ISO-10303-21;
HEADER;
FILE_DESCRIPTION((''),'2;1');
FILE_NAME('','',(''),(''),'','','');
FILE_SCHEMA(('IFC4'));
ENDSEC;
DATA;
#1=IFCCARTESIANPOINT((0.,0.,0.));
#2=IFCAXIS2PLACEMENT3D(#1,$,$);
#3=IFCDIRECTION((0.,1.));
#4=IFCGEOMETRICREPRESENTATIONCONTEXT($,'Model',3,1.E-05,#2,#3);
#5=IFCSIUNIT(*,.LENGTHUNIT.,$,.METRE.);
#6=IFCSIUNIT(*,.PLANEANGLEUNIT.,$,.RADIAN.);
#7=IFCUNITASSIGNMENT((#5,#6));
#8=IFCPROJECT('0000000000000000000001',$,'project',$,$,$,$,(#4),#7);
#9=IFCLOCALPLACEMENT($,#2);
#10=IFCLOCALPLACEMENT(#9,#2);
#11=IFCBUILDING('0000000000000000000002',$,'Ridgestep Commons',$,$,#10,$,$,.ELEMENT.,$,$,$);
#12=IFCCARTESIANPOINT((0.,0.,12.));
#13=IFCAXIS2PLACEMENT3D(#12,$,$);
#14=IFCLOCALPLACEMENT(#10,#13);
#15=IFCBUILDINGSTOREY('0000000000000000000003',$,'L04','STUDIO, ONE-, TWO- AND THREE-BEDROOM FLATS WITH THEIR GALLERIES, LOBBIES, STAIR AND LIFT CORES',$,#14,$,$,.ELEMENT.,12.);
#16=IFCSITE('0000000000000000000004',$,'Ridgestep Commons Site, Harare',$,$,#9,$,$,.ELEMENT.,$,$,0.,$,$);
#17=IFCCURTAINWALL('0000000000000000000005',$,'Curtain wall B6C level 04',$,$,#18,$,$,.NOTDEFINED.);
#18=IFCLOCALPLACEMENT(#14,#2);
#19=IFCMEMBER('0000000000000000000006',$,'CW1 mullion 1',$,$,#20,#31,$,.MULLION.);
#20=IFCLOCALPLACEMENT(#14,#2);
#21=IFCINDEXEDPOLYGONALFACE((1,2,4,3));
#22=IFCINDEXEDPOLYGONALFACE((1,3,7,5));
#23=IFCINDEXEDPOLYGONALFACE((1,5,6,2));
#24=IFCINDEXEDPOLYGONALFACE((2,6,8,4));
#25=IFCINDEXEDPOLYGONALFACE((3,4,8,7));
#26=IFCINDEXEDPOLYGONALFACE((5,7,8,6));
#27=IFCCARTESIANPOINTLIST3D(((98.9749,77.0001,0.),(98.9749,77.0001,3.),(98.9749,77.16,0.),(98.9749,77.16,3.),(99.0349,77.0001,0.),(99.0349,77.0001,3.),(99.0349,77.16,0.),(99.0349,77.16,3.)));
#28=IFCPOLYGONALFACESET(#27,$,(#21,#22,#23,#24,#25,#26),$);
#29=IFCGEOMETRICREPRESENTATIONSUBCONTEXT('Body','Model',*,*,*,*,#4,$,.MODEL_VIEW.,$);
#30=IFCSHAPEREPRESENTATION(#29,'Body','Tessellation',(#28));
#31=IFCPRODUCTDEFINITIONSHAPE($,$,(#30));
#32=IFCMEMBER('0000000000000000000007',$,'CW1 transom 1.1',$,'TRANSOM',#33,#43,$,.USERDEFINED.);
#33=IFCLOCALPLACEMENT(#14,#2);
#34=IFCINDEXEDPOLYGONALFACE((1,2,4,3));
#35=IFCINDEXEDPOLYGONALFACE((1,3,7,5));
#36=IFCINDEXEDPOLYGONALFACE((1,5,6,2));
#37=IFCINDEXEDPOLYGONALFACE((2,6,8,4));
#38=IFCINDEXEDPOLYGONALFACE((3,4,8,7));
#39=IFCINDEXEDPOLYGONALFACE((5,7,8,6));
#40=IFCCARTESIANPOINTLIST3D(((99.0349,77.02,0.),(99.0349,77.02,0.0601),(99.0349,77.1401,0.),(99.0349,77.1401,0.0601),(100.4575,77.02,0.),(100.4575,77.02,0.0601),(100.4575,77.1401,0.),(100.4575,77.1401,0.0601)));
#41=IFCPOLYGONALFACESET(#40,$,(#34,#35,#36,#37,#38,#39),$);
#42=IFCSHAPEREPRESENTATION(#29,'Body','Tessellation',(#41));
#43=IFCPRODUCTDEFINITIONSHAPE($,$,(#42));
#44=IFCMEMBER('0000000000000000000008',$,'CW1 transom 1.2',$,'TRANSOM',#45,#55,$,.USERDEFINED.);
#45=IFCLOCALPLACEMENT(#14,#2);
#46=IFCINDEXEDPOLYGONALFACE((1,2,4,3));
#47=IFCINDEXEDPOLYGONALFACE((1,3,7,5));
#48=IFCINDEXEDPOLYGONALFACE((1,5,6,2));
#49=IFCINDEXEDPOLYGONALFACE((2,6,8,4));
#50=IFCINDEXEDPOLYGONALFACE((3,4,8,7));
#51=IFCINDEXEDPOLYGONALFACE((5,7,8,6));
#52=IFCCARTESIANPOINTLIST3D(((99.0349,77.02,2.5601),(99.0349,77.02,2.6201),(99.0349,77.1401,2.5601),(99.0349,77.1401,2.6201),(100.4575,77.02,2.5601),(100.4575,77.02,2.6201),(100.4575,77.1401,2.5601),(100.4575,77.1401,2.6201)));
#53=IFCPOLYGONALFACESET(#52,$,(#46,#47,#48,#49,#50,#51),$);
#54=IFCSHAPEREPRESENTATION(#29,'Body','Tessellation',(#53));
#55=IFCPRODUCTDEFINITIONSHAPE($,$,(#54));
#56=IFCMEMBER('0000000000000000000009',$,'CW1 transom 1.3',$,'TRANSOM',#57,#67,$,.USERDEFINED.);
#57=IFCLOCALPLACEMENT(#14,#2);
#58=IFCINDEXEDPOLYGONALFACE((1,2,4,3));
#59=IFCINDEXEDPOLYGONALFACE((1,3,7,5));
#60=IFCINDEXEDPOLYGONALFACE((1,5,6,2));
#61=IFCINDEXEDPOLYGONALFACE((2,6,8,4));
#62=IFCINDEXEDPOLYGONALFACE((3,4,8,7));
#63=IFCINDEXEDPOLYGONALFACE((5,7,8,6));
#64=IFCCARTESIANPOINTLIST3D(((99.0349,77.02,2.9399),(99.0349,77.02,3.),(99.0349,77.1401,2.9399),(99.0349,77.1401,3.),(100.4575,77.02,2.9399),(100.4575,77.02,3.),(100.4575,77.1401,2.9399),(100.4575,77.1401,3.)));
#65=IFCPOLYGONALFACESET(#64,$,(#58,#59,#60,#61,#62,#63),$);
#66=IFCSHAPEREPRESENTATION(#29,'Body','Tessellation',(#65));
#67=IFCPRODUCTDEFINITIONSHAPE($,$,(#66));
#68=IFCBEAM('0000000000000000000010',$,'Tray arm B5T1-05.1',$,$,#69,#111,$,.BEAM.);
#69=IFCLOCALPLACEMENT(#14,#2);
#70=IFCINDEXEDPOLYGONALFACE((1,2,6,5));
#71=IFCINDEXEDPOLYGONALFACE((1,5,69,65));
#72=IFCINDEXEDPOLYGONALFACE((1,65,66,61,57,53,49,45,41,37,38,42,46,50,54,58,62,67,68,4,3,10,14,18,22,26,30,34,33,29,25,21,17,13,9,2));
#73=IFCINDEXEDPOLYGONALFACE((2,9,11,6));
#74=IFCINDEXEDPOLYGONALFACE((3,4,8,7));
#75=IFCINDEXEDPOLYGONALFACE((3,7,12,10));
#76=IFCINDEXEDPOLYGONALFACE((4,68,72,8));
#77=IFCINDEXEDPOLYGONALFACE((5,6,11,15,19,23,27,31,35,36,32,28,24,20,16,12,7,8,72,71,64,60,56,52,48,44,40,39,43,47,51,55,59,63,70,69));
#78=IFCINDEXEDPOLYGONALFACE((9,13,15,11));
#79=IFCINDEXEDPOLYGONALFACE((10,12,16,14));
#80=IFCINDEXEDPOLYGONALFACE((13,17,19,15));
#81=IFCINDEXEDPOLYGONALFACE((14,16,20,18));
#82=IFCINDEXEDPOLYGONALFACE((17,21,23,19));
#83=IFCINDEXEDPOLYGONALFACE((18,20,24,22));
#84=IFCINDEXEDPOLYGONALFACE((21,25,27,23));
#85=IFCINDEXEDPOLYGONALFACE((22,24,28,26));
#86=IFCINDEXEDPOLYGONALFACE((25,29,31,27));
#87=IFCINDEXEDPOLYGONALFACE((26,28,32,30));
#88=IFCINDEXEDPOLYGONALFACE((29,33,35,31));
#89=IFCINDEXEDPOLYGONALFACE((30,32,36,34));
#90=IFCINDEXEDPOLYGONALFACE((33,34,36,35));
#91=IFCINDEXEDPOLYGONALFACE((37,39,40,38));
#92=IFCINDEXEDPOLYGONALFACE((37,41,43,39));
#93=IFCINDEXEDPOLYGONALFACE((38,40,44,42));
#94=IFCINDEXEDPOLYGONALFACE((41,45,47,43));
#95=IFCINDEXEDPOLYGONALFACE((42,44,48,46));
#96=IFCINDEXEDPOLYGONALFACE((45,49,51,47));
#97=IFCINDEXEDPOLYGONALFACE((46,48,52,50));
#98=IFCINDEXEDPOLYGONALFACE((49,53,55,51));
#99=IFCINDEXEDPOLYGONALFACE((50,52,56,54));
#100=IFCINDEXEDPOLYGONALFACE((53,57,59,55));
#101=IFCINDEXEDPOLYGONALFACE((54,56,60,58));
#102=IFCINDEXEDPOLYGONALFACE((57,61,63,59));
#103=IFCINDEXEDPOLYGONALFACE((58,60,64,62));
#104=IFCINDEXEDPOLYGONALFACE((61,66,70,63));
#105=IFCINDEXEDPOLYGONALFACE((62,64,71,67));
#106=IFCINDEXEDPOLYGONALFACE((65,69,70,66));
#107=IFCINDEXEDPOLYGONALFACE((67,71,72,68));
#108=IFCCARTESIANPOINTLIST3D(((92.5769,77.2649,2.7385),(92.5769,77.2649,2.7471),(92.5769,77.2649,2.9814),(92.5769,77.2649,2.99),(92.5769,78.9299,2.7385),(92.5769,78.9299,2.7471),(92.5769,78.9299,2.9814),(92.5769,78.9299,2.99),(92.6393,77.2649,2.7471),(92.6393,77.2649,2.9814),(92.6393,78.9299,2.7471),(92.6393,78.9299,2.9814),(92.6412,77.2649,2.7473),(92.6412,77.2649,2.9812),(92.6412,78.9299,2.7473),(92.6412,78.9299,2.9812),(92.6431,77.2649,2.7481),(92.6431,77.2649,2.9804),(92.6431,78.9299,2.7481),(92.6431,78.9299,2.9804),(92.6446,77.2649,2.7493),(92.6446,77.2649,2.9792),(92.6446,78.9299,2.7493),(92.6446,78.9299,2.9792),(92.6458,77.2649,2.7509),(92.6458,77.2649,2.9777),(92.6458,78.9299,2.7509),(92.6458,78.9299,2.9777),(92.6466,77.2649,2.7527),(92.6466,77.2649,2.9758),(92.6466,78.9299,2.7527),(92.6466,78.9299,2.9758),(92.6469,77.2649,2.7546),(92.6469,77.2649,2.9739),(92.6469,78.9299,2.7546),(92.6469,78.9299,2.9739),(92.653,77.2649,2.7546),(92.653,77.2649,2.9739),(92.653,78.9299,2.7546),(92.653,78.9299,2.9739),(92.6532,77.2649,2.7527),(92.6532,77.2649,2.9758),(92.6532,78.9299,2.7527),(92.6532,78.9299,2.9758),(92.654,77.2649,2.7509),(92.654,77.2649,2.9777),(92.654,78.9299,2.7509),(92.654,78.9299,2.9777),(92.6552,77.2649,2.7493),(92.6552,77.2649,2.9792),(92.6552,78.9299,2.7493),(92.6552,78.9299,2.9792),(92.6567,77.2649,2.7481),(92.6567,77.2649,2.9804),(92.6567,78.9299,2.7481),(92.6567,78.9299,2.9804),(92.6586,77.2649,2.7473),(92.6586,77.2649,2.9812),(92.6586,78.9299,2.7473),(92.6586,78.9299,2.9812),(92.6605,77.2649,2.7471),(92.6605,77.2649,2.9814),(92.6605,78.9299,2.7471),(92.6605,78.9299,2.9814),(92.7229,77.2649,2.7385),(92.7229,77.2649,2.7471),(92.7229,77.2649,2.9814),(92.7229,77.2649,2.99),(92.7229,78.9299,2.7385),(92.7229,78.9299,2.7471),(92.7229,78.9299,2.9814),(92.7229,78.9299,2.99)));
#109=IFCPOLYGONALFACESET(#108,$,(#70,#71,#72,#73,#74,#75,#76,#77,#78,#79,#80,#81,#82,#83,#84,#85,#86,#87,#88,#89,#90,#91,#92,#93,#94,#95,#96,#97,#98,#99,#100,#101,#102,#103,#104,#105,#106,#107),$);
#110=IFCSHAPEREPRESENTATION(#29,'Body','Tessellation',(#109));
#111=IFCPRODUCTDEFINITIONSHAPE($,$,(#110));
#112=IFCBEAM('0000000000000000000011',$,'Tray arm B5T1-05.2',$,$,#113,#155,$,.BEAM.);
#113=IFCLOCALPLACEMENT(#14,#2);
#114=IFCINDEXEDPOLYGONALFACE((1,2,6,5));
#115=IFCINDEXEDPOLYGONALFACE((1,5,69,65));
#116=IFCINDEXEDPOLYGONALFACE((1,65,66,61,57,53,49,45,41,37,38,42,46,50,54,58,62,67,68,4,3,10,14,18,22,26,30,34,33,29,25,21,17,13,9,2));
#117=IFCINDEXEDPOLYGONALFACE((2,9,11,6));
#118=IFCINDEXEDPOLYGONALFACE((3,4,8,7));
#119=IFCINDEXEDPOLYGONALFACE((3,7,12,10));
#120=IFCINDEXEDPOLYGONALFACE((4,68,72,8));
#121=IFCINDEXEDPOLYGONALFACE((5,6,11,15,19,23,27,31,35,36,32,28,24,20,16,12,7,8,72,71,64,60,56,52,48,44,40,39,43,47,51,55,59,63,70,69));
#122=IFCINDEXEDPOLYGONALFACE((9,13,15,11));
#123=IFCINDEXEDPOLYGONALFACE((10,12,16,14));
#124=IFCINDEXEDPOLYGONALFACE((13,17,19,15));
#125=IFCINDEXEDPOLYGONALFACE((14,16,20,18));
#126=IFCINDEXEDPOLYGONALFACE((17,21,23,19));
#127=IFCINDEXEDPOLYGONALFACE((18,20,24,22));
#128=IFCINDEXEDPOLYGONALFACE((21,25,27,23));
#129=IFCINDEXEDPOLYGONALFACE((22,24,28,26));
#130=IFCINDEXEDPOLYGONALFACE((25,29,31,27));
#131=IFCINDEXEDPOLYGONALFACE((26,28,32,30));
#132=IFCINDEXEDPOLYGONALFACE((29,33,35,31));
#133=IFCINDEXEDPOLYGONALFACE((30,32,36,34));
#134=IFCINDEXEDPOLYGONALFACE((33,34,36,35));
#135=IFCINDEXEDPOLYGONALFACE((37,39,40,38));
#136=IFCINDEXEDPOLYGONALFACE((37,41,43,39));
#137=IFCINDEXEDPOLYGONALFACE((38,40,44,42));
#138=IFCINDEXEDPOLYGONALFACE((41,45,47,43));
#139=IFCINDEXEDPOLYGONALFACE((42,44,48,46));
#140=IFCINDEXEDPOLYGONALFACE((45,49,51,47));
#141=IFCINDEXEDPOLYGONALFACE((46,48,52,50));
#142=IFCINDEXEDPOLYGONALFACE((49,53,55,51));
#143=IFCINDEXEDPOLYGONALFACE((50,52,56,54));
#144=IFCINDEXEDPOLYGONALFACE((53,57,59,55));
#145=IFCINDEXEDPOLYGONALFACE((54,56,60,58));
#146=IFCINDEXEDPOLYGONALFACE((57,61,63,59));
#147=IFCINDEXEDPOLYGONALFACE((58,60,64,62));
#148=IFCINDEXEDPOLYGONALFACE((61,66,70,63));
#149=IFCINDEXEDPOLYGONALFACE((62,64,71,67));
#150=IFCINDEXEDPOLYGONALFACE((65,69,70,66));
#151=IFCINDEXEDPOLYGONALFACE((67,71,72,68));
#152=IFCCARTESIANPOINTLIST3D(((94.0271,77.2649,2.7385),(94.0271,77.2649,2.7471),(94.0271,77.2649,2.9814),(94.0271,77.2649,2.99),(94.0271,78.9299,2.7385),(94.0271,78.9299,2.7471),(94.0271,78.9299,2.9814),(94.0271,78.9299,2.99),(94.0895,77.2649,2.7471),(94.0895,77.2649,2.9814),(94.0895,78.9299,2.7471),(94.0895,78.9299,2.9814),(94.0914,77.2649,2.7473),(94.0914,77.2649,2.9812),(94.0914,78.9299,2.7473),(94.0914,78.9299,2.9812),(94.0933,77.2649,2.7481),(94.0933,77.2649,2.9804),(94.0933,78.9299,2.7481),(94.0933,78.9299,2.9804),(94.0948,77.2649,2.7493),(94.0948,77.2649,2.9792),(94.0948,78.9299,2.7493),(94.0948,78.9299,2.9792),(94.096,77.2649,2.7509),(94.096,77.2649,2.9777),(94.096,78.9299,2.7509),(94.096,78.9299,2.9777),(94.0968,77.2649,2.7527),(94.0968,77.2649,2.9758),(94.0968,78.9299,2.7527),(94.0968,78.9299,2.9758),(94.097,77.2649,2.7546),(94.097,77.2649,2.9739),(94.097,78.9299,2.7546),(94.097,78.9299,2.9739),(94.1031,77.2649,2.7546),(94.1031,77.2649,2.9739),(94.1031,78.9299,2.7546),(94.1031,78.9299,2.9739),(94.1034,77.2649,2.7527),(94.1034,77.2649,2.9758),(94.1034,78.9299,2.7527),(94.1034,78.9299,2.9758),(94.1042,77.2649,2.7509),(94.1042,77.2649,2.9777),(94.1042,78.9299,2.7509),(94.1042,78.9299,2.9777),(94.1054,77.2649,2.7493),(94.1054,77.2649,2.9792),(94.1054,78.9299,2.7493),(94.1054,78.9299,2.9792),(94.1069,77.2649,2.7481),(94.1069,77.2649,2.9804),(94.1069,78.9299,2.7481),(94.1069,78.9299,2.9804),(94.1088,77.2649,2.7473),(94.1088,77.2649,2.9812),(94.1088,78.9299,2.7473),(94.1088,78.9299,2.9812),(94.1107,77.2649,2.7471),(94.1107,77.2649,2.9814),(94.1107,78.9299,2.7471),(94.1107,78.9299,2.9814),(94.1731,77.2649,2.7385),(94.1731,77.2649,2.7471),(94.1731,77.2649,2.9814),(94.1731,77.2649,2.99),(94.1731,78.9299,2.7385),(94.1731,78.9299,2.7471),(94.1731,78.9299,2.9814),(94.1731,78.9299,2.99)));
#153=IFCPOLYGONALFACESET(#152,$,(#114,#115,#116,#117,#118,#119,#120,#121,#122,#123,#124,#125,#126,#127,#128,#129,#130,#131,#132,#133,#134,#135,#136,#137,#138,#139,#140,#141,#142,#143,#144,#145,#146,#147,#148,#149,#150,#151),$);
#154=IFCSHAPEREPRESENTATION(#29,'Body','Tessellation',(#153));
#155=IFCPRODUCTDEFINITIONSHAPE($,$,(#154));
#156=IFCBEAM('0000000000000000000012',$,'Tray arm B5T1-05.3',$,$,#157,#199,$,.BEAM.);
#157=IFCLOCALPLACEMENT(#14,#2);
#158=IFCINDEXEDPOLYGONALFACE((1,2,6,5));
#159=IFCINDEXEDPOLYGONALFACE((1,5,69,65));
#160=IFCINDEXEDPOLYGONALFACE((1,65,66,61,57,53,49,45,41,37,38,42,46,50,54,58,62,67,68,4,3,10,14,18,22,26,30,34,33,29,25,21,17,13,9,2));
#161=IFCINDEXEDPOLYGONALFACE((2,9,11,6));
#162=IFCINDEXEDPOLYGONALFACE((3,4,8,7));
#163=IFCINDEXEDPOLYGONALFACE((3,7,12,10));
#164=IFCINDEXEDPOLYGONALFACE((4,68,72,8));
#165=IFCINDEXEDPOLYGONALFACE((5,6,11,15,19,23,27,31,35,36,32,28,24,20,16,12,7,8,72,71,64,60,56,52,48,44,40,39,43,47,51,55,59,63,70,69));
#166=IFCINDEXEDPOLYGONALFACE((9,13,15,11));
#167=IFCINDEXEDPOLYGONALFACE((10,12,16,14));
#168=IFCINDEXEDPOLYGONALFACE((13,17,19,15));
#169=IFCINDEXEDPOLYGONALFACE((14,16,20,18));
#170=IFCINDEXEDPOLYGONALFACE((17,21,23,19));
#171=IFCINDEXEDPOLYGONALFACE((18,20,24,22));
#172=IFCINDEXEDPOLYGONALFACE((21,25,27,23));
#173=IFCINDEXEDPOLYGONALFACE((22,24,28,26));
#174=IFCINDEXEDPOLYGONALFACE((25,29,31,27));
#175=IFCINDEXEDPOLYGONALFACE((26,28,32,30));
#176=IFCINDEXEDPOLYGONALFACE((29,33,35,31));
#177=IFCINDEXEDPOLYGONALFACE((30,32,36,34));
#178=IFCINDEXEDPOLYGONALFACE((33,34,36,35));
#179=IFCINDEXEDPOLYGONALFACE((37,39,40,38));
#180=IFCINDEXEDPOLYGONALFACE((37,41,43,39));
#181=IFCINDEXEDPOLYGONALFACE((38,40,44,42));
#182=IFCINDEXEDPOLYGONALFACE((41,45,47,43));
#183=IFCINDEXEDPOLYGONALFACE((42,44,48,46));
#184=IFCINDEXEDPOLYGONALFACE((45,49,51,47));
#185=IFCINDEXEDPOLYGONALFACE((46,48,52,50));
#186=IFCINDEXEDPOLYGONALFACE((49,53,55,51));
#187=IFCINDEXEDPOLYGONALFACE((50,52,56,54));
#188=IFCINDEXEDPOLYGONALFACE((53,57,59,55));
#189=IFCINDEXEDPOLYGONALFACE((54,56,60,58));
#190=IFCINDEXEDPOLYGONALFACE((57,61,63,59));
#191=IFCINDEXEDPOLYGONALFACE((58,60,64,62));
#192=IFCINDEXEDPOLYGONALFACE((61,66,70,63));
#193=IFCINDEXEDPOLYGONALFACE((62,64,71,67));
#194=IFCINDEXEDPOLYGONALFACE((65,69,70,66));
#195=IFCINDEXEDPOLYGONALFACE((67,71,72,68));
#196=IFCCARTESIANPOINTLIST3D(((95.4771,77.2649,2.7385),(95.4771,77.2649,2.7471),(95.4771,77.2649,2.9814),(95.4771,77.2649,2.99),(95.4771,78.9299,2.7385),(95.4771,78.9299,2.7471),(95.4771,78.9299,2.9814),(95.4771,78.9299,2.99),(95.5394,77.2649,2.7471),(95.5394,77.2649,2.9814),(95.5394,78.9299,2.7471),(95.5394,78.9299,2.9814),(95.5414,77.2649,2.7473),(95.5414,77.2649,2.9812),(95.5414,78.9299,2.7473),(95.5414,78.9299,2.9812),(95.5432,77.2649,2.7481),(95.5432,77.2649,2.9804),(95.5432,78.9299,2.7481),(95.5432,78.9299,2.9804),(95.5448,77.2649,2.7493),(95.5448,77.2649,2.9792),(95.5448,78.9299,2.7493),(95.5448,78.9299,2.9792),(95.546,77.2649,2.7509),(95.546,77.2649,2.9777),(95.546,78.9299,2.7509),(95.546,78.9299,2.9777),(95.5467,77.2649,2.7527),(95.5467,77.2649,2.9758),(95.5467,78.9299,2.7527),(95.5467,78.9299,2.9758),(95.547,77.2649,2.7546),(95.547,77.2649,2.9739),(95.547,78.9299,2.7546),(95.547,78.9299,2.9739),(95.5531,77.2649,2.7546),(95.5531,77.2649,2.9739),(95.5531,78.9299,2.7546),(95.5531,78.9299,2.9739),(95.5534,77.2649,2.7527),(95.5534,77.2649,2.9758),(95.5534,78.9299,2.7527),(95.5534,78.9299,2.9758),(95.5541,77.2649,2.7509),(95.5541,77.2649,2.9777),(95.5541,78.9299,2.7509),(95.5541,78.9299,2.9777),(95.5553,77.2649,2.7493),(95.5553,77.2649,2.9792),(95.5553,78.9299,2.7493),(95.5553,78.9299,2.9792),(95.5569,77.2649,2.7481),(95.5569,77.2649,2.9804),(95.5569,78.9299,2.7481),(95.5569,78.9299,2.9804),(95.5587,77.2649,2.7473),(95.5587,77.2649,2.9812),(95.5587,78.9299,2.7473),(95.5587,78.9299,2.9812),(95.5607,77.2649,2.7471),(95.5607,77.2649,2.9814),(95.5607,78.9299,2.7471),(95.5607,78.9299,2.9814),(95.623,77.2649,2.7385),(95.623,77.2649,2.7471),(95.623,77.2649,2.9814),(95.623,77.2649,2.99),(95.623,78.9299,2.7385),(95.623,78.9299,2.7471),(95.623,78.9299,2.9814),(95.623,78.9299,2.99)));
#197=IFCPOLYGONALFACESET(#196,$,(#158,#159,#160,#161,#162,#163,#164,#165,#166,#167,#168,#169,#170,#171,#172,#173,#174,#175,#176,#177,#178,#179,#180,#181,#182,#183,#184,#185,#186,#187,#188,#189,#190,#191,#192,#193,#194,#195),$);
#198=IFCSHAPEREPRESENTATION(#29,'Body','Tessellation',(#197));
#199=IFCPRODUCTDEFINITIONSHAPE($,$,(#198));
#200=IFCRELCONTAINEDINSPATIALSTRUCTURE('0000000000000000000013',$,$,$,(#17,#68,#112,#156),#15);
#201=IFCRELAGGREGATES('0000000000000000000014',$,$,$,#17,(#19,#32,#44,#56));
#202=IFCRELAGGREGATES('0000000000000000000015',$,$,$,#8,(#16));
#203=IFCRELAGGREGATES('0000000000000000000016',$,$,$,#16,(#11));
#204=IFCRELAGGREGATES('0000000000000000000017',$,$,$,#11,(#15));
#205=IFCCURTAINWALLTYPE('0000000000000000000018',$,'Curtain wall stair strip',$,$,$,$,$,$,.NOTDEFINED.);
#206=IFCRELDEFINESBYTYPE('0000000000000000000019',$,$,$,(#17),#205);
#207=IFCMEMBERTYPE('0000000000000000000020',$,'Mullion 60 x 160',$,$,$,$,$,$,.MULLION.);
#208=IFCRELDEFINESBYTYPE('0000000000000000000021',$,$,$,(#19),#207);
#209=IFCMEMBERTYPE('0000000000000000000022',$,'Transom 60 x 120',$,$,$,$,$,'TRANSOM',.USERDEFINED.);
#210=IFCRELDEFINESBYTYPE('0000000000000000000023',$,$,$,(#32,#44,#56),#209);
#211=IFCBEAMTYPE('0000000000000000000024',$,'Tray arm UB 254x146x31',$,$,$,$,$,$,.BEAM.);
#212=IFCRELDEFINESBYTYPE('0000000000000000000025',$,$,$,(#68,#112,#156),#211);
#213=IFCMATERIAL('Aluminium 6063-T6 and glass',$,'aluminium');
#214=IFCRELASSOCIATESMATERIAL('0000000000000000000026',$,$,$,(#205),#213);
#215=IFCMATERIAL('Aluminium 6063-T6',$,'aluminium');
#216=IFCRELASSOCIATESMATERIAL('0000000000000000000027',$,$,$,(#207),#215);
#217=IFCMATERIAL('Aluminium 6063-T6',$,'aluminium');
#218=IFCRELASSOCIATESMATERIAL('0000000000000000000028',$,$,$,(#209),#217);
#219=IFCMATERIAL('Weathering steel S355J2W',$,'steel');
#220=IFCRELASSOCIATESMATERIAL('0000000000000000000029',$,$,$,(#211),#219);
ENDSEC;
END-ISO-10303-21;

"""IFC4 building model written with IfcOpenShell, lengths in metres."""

from ifc_helpers import new_model, si_unit, direction, frame, origin, origin_2d, place, context, subcontext, project, spatial, rectangle, i_section, extrude, material, material_profile, profile_set, type_object, element, aggregate, save


model = new_model("IFC4")

# Units and contexts
model_context = context("Model", 3, precision=1e-05, world=origin(), true_north=direction((0.0, 1.0)))
body_context = subcontext(model_context, "Body", "Model", "MODEL_VIEW")
ifc_project = project(units=[si_unit("LENGTHUNIT", "METRE"), si_unit("PLANEANGLEUNIT", "RADIAN")], contexts=[model_context])

# Site, building, storey
site_placement = place(None, origin())
site = spatial("IfcSite", under=ifc_project, at=site_placement, Name="Ridgestep Commons Site, Harare", CompositionType="ELEMENT", RefElevation=0.0)
building_placement = place(site_placement, origin())
building = spatial("IfcBuilding", under=site, at=building_placement, Name="Ridgestep Commons", CompositionType="ELEMENT")
storey_placement = place(building_placement, frame((0.0, 0.0, 12.0)))
storey = spatial("IfcBuildingStorey", under=building, at=storey_placement, Name="L04", Description="STUDIO, ONE-, TWO- AND THREE-BEDROOM FLATS WITH THEIR GALLERIES, LOBBIES, STAIR AND LIFT CORES", CompositionType="ELEMENT", Elevation=12.0)

# Curtain wall, members
ifc_material_1 = material(Name="Aluminium 6063-T6 and glass", Category="aluminium")
curtain_wall_type = type_object("IfcCurtainWallType", Name="Curtain wall stair strip", PredefinedType="NOTDEFINED", material=ifc_material_1)
curtain_wall_placement = place(storey_placement, origin())
curtain_wall = element("IfcCurtainWall", 1, at=curtain_wall_placement, inside=storey, type_object=curtain_wall_type, Name="Curtain wall B6C level 04", PredefinedType="NOTDEFINED")
ifc_material_2 = material(Name="Aluminium 6063-T6", Category="aluminium")
ifc_material_profile_1 = material_profile(ifc_material_2, rectangle(XDim=0.1599, YDim=0.0601, at=origin_2d()), Name="Mullion 60 x 160")
ifc_profile_set_1 = profile_set([ifc_material_profile_1], Name="Aluminium 6063-T6")
member_type_1 = type_object("IfcMemberType", Name="Mullion 60 x 160", PredefinedType="MULLION", material=ifc_profile_set_1)
member_1_placement = place(storey_placement, frame((99.0049, 77.0801, 0.0), z_axis=(0.0, 0.0, 1.0), x_axis=(0.0, 1.0, 0.0)))
member_1 = element("IfcMember", 2, at=member_1_placement, type_object=member_type_1, Name="CW1 mullion 1", PredefinedType="MULLION", context=body_context, shape_type="SweptSolid", body=[
    extrude(rectangle(XDim=0.1599, YDim=0.0601, at=origin_2d()), origin(), (0.0, 0.0, 1.0), 3.0),
])
ifc_material_3 = material(Name="Aluminium 6063-T6", Category="aluminium")
ifc_material_profile_2 = material_profile(ifc_material_3, rectangle(XDim=0.1201, YDim=0.0601, at=origin_2d()), Name="Transom 60 x 120")
ifc_profile_set_2 = profile_set([ifc_material_profile_2], Name="Aluminium 6063-T6")
member_type_2 = type_object("IfcMemberType", Name="Transom 60 x 120", ElementType="TRANSOM", PredefinedType="USERDEFINED", material=ifc_profile_set_2)
member_2_placement = place(storey_placement, frame((99.0349, 77.0801, 0.03), z_axis=(1.0, 0.0, 0.0), x_axis=(0.0, 1.0, 0.0)))
member_2 = element("IfcMember", 3, at=member_2_placement, type_object=member_type_2, Name="CW1 transom 1.1", ObjectType="TRANSOM", PredefinedType="USERDEFINED", context=body_context, shape_type="SweptSolid", body=[
    extrude(rectangle(XDim=0.1201, YDim=0.0601, at=origin_2d()), origin(), (0.0, 0.0, 1.0), 1.4226),
])
member_3_placement = place(storey_placement, frame((99.0349, 77.0801, 2.5901), z_axis=(1.0, 0.0, 0.0), x_axis=(0.0, 1.0, 0.0)))
member_3 = element("IfcMember", 4, at=member_3_placement, type_object=member_type_2, Name="CW1 transom 1.2", ObjectType="TRANSOM", PredefinedType="USERDEFINED", context=body_context, shape_type="SweptSolid", body=[
    extrude(rectangle(XDim=0.1201, YDim=0.0601, at=origin_2d()), origin(), (0.0, 0.0, 1.0), 1.4226),
])
member_4_placement = place(storey_placement, frame((99.0349, 77.0801, 2.97), z_axis=(1.0, 0.0, 0.0), x_axis=(0.0, 1.0, 0.0)))
member_4 = element("IfcMember", 5, at=member_4_placement, type_object=member_type_2, Name="CW1 transom 1.3", ObjectType="TRANSOM", PredefinedType="USERDEFINED", context=body_context, shape_type="SweptSolid", body=[
    extrude(rectangle(XDim=0.1201, YDim=0.0601, at=origin_2d()), origin(), (0.0, 0.0, 1.0), 1.4226),
])

# Beams
ifc_material_4 = material(Name="Weathering steel S355J2W", Category="steel")
ifc_material_profile_3 = material_profile(ifc_material_4, i_section(OverallWidth=0.146, OverallDepth=0.2515, WebThickness=0.0061, FlangeThickness=0.0085, FilletRadius=0.0076, at=origin_2d()), Name="UB 254x146x31")
ifc_profile_set_3 = profile_set([ifc_material_profile_3], Name="Weathering steel S355J2W")
beam_type = type_object("IfcBeamType", Name="Tray arm UB 254x146x31", PredefinedType="BEAM", material=ifc_profile_set_3)
for number, where, z_axis, x_axis, name in (
    (6, (92.6499, 77.2649, 2.8643), (0.0, 1.0, 0.0), (-1.0, 0.0, 0.0), "Tray arm B5T1-05.1"),
    (7, (94.1001, 77.2649, 2.8643), (0.0, 1.0, 0.0), (-1.0, 0.0, 0.0), "Tray arm B5T1-05.2"),
    (8, (95.55, 77.2649, 2.8643), (0.0, 1.0, 0.0), (-1.0, 0.0, 0.0), "Tray arm B5T1-05.3"),
):
    element("IfcBeam", number, at=place(storey_placement, frame(where, z_axis=z_axis, x_axis=x_axis)), inside=storey, type_object=beam_type, Name=name, PredefinedType="BEAM", context=body_context, shape_type="SweptSolid", body=[
        extrude(i_section(OverallWidth=0.146, OverallDepth=0.2515, WebThickness=0.0061, FlangeThickness=0.0085, FilletRadius=0.0076, at=origin_2d()), origin(), (0.0, 0.0, 1.0), 1.665),
    ])

aggregate(curtain_wall, [member_1, member_2, member_3, member_4])

save(model, "model.ifc")
